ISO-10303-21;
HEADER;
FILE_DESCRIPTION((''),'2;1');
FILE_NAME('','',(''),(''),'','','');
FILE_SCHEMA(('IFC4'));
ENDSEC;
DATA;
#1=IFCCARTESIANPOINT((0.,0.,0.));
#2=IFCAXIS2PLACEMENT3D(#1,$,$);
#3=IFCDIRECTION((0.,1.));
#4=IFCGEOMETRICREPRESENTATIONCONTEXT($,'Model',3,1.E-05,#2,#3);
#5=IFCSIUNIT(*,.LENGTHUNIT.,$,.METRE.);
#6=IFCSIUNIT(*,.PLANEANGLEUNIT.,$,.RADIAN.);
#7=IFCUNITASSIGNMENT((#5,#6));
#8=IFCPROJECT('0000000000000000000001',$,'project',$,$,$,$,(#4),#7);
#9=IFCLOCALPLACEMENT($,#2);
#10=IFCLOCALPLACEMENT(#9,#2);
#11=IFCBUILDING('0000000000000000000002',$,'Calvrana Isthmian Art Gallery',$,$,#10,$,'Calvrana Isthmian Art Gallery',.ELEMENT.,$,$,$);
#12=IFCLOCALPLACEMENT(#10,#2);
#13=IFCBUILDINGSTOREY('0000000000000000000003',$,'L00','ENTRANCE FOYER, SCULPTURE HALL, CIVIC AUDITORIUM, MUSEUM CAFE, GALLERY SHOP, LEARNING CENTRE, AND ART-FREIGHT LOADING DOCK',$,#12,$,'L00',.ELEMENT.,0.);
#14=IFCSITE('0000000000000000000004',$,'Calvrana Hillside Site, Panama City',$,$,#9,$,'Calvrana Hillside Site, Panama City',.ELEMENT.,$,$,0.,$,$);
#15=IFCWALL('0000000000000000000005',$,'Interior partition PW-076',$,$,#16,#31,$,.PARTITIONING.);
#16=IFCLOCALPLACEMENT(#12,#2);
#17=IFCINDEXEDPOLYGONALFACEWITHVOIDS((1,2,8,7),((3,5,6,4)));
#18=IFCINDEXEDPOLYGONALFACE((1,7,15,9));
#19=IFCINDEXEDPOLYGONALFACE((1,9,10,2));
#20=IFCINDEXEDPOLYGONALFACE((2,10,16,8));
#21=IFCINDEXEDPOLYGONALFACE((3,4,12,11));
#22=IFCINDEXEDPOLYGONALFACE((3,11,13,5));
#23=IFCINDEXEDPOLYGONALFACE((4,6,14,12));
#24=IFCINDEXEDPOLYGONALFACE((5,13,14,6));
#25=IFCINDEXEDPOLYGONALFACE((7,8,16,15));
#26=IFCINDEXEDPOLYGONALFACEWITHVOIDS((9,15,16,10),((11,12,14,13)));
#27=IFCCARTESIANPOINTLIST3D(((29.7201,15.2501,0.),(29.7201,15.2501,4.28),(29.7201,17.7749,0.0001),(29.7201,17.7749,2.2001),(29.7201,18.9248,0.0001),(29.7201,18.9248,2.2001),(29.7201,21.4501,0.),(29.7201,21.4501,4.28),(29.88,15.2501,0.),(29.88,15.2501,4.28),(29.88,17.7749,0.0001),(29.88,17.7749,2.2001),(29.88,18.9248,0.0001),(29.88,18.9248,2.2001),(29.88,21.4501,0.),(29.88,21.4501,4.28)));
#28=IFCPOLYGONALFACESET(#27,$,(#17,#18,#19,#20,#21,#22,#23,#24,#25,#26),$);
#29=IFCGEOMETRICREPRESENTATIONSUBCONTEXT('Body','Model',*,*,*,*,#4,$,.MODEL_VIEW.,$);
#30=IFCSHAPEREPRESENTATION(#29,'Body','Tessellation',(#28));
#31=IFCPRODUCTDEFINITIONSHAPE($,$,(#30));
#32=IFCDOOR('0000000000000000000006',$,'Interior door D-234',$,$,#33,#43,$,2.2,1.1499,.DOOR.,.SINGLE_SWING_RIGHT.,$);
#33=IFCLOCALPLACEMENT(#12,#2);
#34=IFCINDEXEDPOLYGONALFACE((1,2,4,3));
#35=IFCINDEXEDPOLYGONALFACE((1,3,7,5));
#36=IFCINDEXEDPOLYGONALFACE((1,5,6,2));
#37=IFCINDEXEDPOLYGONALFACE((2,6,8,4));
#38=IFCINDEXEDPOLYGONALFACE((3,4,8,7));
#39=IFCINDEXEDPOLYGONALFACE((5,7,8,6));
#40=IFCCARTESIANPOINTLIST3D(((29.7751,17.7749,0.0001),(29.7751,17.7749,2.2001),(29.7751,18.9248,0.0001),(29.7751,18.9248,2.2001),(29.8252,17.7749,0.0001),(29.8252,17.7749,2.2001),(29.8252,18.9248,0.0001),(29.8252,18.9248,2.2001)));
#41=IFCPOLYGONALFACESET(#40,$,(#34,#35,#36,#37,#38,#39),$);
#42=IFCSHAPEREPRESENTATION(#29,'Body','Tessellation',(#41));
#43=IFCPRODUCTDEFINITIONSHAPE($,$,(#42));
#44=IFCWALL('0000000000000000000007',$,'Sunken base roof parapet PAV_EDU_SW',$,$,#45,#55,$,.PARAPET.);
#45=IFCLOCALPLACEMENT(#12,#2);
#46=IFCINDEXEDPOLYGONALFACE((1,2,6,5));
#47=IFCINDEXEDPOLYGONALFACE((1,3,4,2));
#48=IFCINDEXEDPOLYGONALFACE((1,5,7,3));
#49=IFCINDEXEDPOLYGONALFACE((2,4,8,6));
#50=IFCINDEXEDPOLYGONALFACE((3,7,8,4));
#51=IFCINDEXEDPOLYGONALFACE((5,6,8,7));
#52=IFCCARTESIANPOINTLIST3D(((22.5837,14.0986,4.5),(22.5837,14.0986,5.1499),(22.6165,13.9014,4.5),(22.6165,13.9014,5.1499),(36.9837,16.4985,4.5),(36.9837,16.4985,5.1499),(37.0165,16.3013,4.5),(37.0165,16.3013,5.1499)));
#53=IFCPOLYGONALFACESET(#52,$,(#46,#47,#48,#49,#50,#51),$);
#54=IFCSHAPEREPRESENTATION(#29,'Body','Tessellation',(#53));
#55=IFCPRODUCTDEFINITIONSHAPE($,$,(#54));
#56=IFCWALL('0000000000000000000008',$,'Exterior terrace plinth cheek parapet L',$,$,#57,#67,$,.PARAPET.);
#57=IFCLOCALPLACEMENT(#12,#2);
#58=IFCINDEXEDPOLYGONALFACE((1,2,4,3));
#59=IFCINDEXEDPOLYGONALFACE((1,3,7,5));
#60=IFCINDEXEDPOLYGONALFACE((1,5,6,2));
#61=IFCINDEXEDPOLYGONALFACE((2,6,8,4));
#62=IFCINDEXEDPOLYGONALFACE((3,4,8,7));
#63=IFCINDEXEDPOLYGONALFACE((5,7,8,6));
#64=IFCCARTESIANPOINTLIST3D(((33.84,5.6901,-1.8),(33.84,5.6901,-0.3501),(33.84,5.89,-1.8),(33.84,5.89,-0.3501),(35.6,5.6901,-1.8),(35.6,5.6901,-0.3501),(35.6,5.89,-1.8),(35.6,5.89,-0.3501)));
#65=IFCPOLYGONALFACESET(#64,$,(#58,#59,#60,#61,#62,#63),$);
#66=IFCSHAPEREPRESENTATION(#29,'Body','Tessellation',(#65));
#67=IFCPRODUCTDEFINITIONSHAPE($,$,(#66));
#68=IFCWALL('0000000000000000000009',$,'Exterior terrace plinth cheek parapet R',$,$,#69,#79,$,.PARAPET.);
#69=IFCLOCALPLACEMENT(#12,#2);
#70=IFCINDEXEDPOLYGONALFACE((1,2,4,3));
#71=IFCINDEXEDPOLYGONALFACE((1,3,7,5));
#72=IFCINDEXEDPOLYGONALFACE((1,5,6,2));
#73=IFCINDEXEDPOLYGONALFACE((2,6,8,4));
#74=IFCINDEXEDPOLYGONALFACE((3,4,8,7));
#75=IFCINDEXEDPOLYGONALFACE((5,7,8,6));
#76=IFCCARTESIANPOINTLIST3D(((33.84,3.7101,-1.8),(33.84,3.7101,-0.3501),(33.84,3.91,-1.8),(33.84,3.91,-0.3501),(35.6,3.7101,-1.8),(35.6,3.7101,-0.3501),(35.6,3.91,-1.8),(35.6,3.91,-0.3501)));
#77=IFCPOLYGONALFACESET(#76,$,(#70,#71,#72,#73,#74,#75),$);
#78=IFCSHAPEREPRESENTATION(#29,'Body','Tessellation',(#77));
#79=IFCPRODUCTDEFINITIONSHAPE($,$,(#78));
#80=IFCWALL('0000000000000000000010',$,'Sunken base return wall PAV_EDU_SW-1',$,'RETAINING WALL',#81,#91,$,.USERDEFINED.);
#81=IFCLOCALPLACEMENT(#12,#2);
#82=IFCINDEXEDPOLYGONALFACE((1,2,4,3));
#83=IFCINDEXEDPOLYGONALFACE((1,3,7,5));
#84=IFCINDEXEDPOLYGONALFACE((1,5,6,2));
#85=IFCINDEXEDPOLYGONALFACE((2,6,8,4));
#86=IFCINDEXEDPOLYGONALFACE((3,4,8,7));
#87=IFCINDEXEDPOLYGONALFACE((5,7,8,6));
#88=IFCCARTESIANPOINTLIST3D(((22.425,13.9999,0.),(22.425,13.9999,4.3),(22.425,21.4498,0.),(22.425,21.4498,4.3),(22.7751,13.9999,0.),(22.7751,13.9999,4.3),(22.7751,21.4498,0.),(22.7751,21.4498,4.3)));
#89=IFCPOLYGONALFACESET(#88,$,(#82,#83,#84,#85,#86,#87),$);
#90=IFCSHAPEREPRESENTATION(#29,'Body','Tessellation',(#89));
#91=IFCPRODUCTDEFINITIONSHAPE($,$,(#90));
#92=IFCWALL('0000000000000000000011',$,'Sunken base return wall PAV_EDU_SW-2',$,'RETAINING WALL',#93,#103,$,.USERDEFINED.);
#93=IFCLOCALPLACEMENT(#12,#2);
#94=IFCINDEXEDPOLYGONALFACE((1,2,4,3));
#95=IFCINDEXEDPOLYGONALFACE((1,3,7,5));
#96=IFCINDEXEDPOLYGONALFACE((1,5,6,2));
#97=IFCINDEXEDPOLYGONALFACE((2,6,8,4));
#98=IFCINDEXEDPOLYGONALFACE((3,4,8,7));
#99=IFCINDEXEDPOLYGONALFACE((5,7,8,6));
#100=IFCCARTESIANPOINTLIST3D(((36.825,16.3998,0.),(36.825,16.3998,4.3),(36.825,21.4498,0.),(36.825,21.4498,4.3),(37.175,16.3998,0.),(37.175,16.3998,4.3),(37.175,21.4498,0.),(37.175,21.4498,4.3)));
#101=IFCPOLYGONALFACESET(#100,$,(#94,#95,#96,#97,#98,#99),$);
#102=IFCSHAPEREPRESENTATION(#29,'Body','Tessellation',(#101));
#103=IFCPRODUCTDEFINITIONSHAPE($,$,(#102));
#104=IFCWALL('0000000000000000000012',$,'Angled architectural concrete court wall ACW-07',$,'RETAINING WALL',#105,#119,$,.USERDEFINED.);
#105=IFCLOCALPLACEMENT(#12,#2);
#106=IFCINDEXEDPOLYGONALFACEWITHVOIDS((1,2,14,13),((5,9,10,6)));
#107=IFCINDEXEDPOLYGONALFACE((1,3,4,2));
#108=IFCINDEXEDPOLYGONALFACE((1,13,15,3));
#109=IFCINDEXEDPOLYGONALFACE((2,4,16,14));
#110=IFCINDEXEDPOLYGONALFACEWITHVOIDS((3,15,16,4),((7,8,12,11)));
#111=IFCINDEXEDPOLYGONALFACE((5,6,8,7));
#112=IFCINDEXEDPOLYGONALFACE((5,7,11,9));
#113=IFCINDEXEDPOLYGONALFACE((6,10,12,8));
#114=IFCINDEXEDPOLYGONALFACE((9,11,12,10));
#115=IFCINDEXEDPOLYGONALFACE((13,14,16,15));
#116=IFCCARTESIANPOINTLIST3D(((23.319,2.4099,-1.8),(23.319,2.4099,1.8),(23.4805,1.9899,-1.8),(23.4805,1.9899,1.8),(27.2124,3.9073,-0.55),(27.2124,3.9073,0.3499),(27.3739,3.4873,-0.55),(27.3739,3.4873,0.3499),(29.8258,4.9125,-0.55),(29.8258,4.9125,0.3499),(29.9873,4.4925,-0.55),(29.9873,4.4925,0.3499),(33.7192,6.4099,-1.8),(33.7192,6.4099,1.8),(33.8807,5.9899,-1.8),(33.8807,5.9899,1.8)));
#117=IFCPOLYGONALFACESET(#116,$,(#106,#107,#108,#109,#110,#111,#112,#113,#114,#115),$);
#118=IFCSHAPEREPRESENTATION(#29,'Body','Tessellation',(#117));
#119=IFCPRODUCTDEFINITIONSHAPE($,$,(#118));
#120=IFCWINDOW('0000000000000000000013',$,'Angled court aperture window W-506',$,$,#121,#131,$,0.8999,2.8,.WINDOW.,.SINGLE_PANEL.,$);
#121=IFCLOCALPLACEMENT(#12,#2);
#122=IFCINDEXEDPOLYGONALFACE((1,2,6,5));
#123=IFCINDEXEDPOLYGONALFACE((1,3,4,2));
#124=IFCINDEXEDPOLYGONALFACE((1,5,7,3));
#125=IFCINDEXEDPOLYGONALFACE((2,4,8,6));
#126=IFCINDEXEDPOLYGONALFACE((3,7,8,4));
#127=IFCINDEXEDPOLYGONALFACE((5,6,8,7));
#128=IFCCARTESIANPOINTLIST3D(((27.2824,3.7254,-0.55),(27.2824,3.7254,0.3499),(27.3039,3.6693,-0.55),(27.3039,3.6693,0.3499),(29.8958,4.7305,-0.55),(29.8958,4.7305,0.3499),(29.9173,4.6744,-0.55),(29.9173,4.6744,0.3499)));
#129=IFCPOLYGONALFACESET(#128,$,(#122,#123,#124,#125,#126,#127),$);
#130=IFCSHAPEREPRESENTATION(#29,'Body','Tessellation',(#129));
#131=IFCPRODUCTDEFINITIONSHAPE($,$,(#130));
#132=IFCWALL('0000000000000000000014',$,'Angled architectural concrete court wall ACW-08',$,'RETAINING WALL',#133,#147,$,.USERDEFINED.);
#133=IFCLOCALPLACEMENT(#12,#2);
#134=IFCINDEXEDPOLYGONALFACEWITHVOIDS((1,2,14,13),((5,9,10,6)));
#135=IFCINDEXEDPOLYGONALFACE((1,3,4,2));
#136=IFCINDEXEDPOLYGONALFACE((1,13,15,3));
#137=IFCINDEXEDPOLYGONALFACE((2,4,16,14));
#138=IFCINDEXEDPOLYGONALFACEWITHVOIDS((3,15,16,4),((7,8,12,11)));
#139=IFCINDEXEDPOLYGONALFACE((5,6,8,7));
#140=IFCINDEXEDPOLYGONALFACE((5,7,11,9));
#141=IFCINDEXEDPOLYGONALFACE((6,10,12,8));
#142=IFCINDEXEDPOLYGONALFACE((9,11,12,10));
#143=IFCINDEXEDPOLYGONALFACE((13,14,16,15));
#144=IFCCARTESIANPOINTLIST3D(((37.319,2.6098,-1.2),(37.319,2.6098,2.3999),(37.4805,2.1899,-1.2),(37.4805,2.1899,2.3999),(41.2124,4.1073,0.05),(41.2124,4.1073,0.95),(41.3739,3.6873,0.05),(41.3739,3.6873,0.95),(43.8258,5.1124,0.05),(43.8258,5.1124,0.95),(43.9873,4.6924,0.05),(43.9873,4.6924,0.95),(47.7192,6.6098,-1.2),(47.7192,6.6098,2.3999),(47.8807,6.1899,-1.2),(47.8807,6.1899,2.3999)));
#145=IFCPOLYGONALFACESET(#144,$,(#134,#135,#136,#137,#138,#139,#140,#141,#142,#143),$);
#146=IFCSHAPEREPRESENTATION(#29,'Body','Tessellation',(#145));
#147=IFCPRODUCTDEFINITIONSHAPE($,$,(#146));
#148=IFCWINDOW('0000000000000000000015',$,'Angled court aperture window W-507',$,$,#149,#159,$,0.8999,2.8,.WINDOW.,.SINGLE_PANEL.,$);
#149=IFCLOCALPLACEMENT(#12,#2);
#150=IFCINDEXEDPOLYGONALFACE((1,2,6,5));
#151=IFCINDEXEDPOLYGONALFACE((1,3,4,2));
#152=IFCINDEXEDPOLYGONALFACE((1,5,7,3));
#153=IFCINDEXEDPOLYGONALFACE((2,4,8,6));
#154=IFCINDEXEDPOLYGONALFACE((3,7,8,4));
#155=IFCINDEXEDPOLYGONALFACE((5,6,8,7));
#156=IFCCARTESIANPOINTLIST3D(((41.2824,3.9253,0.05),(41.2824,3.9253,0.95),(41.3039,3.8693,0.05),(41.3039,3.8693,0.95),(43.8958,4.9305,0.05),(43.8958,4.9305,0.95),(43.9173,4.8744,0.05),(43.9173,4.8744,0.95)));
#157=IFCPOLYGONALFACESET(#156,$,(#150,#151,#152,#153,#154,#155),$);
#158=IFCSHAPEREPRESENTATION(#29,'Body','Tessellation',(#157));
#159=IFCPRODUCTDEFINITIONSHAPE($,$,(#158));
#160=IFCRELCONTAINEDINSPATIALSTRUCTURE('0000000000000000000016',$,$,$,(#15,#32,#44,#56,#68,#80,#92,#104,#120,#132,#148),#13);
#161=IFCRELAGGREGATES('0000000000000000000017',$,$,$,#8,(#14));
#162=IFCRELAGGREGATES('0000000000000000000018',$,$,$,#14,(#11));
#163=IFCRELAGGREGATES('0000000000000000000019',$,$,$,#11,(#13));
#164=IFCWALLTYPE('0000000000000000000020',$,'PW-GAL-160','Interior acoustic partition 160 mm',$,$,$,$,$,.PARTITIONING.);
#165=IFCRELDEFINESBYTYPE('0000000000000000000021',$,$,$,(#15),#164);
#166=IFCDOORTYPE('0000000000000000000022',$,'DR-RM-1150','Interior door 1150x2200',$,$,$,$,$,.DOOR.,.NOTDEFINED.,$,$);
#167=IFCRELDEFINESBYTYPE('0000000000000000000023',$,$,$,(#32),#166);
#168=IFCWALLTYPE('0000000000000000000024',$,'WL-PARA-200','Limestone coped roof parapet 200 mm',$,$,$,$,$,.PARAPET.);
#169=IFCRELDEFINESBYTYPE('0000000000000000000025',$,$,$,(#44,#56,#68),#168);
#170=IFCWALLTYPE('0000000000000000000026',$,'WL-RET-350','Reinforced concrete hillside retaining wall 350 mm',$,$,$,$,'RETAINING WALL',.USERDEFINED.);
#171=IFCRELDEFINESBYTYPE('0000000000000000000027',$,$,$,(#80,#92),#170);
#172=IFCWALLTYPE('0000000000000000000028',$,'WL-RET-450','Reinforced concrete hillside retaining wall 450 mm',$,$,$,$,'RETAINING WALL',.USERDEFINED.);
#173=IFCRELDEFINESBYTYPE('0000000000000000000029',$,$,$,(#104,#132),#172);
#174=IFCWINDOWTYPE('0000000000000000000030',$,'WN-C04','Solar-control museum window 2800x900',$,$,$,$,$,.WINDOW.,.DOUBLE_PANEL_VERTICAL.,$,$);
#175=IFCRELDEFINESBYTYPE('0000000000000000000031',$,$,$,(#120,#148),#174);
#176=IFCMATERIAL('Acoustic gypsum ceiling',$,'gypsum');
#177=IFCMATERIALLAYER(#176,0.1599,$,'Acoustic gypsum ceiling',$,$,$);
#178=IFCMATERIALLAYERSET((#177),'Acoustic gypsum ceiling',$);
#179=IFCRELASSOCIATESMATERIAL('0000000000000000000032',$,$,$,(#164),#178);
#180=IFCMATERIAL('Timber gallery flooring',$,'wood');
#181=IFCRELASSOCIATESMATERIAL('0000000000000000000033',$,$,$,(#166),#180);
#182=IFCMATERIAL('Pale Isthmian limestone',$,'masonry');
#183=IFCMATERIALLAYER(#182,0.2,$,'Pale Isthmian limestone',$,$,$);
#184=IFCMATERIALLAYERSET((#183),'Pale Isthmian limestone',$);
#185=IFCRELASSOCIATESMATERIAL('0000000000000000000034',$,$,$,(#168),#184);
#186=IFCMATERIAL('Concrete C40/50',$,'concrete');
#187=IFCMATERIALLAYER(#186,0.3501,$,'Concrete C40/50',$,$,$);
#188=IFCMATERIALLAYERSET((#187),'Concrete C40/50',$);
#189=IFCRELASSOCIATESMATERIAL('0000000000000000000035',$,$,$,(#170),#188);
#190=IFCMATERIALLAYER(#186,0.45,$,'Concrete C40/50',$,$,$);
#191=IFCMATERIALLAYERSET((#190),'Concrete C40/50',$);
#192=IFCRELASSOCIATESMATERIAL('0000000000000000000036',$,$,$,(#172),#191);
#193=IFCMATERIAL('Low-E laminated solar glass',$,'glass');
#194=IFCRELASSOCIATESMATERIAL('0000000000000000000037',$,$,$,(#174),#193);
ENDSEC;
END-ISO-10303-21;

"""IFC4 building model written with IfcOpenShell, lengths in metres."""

from ifc_helpers import new_model, si_unit, direction, frame, frame_2d, origin, place, context, subcontext, project, spatial, rectangle, extrude, material, layer, layer_set, type_object, element, fill, save


model = new_model("IFC4")

# Units and contexts
model_context = context("Model", 3, precision=1e-05, world=origin(), true_north=direction((0.0, 1.0)))
body_context = subcontext(model_context, "Body", "Model", "MODEL_VIEW")
ifc_project = project(units=[si_unit("LENGTHUNIT", "METRE"), si_unit("PLANEANGLEUNIT", "RADIAN")], contexts=[model_context])

# Site, building, storey
site_placement = place(None, origin())
site = spatial("IfcSite", under=ifc_project, at=site_placement, Name="Calvrana Hillside Site, Panama City", LongName="Calvrana Hillside Site, Panama City", CompositionType="ELEMENT", RefElevation=0.0)
building_placement = place(site_placement, origin())
building = spatial("IfcBuilding", under=site, at=building_placement, Name="Calvrana Isthmian Art Gallery", LongName="Calvrana Isthmian Art Gallery", CompositionType="ELEMENT")
storey_placement = place(building_placement, origin())
storey = spatial("IfcBuildingStorey", under=building, at=storey_placement, Name="L00", Description="ENTRANCE FOYER, SCULPTURE HALL, CIVIC AUDITORIUM, MUSEUM CAFE, GALLERY SHOP, LEARNING CENTRE, AND ART-FREIGHT LOADING DOCK", LongName="L00", CompositionType="ELEMENT", Elevation=0.0)

# Wall, opening, door
ifc_material_1 = material(Name="Acoustic gypsum ceiling", Category="gypsum")
ifc_layer_1 = layer(ifc_material_1, 0.1599, Name="Acoustic gypsum ceiling")
ifc_layer_set_1 = layer_set([ifc_layer_1], Name="Acoustic gypsum ceiling")
wall_type_1 = type_object("IfcWallType", Name="PW-GAL-160", Description="Interior acoustic partition 160 mm", PredefinedType="PARTITIONING", material=ifc_layer_set_1)
wall_1_placement = place(storey_placement, frame((29.8, 15.25, 0.0), z_axis=(0.0, 0.0, 1.0), x_axis=(0.0, 1.0, 0.0)))
wall_1 = element("IfcWall", 1, at=wall_1_placement, inside=storey, type_object=wall_type_1, Name="Interior partition PW-076", PredefinedType="PARTITIONING", context=body_context, shape_type="SweptSolid", body=[
    extrude(rectangle(XDim=6.2, YDim=0.1599, at=frame_2d((3.1001, 0.0))), origin(), (0.0, 0.0, 1.0), 4.28),
])
opening_1_placement = place(wall_1_placement, frame((2.5249, 0.0, 0.0)))
opening_1 = element("IfcOpeningElement", 2, at=opening_1_placement, cuts=wall_1, PredefinedType="OPENING", context=body_context, shape_type="SweptSolid", body=[
    extrude(rectangle(XDim=1.1499, YDim=2.2, at=frame_2d((0.575, 1.1001))), frame((0.0, 0.0903, 0.0), z_axis=(0.0, -1.0, 0.0), x_axis=(1.0, 0.0, 0.0)), (0.0, 0.0, 1.0), 0.1804),
])
ifc_material_2 = material(Name="Timber gallery flooring", Category="wood")
door_type_1 = type_object("IfcDoorType", Name="DR-RM-1150", Description="Interior door 1150x2200", OperationType="NOTDEFINED", PredefinedType="DOOR", material=ifc_material_2)
door_1_placement = place(opening_1_placement, origin())
door_1 = element("IfcDoor", 3, at=door_1_placement, inside=storey, type_object=door_type_1, Name="Interior door D-234", OperationType="SINGLE_SWING_RIGHT", OverallHeight=2.2, OverallWidth=1.1499, PredefinedType="DOOR", context=body_context, shape_type="SweptSolid", body=[
    extrude(rectangle(XDim=1.1499, YDim=2.2, at=frame_2d((0.575, 1.1001))), frame((0.0, 0.0249, 0.0), z_axis=(0.0, -1.0, 0.0), x_axis=(1.0, 0.0, 0.0)), (0.0, 0.0, 1.0), 0.05),
])
fill(opening_1, door_1)

# Walls
ifc_material_3 = material(Name="Pale Isthmian limestone", Category="masonry")
ifc_layer_2 = layer(ifc_material_3, 0.2, Name="Pale Isthmian limestone")
ifc_layer_set_2 = layer_set([ifc_layer_2], Name="Pale Isthmian limestone")
wall_type_2 = type_object("IfcWallType", Name="WL-PARA-200", Description="Limestone coped roof parapet 200 mm", PredefinedType="PARAPET", material=ifc_layer_set_2)
wall_2_placement = place(storey_placement, frame((22.6001, 14.0, 4.5), z_axis=(0.0, 0.0, 1.0), x_axis=(0.986395, 0.164394, 0.0)))
element("IfcWall", 4, at=wall_2_placement, inside=storey, type_object=wall_type_2, Name="Sunken base roof parapet PAV_EDU_SW", PredefinedType="PARAPET", context=body_context, shape_type="SweptSolid", body=[
    extrude(rectangle(XDim=14.5986, YDim=0.2, at=frame_2d((7.2993, 0.0))), origin(), (0.0, 0.0, 1.0), 0.6499),
])
for number, where, z_axis, x_axis, name in (
    (5, (33.8401, 5.79, -1.8), (0.0, 0.0, 1.0), (1.0, 0.0, 0.0), "Exterior terrace plinth cheek parapet L"),
    (6, (33.8401, 3.8101, -1.8), (0.0, 0.0, 1.0), (1.0, 0.0, 0.0), "Exterior terrace plinth cheek parapet R"),
):
    element("IfcWall", number, at=place(storey_placement, frame(where, z_axis=z_axis, x_axis=x_axis)), inside=storey, type_object=wall_type_2, Name=name, PredefinedType="PARAPET", context=body_context, shape_type="SweptSolid", body=[
        extrude(rectangle(XDim=1.76, YDim=0.2, at=frame_2d((0.8799, 0.0))), origin(), (0.0, 0.0, 1.0), 1.45),
    ])
ifc_material_4 = material(Name="Concrete C40/50", Category="concrete")
ifc_layer_3 = layer(ifc_material_4, 0.3501, Name="Concrete C40/50")
ifc_layer_set_3 = layer_set([ifc_layer_3], Name="Concrete C40/50")
wall_type_3 = type_object("IfcWallType", Name="WL-RET-350", Description="Reinforced concrete hillside retaining wall 350 mm", ElementType="RETAINING WALL", PredefinedType="USERDEFINED", material=ifc_layer_set_3)
wall_3_placement = place(storey_placement, frame((22.6001, 21.45, 0.0), z_axis=(0.0, 0.0, 1.0), x_axis=(0.0, -1.0, 0.0)))
element("IfcWall", 7, at=wall_3_placement, inside=storey, type_object=wall_type_3, Name="Sunken base return wall PAV_EDU_SW-1", ObjectType="RETAINING WALL", PredefinedType="USERDEFINED", context=body_context, shape_type="SweptSolid", body=[
    extrude(rectangle(XDim=7.45, YDim=0.3501, at=frame_2d((3.7251, 0.0))), origin(), (0.0, 0.0, 1.0), 4.3),
])
wall_4_placement = place(storey_placement, frame((37.0, 16.3999, 0.0), z_axis=(0.0, 0.0, 1.0), x_axis=(0.0, 1.0, 0.0)))
element("IfcWall", 8, at=wall_4_placement, inside=storey, type_object=wall_type_3, Name="Sunken base return wall PAV_EDU_SW-2", ObjectType="RETAINING WALL", PredefinedType="USERDEFINED", context=body_context, shape_type="SweptSolid", body=[
    extrude(rectangle(XDim=5.05, YDim=0.3501, at=frame_2d((2.5249, 0.0))), origin(), (0.0, 0.0, 1.0), 4.3),
])

# Shared definitions
ifc_layer_4 = layer(ifc_material_4, 0.45, Name="Concrete C40/50")
ifc_layer_set_4 = layer_set([ifc_layer_4], Name="Concrete C40/50")
wall_type_4 = type_object("IfcWallType", Name="WL-RET-450", Description="Reinforced concrete hillside retaining wall 450 mm", ElementType="RETAINING WALL", PredefinedType="USERDEFINED", material=ifc_layer_set_4)
ifc_material_5 = material(Name="Low-E laminated solar glass", Category="glass")

# Walls, openings, windows
wall_5_placement = place(storey_placement, frame((23.3999, 2.2, -1.8), z_axis=(0.0, 0.0, 1.0), x_axis=(0.933347, 0.358975, 0.0)))
wall_5 = element("IfcWall", 9, at=wall_5_placement, inside=storey, type_object=wall_type_4, Name="Angled architectural concrete court wall ACW-07", ObjectType="RETAINING WALL", PredefinedType="USERDEFINED", context=body_context, shape_type="SweptSolid", body=[
    extrude(rectangle(XDim=11.1428, YDim=0.45, at=frame_2d((5.5713, 0.0))), origin(), (0.0, 0.0, 1.0), 3.6001),
])
opening_2_placement = place(wall_5_placement, frame((4.1714, 0.0, 1.25)))
opening_2 = element("IfcOpeningElement", 10, at=opening_2_placement, cuts=wall_5, PredefinedType="OPENING", context=body_context, shape_type="SweptSolid", body=[
    extrude(rectangle(XDim=2.8, YDim=0.8999, at=frame_2d((1.3999, 0.45))), frame((0.0, 0.2354, 0.0), z_axis=(0.0, -1.0, 0.0), x_axis=(1.0, 0.0, 0.0)), (0.0, 0.0, 1.0), 0.4705),
])
window_type_1 = type_object("IfcWindowType", Name="WN-C04", Description="Solar-control museum window 2800x900", PartitioningType="DOUBLE_PANEL_VERTICAL", PredefinedType="WINDOW", material=ifc_material_5)
window_1_placement = place(opening_2_placement, origin())
window_1 = element("IfcWindow", 11, at=window_1_placement, inside=storey, type_object=window_type_1, Name="Angled court aperture window W-506", OverallHeight=0.8999, OverallWidth=2.8, PartitioningType="SINGLE_PANEL", PredefinedType="WINDOW", context=body_context, shape_type="SweptSolid", body=[
    extrude(rectangle(XDim=2.8, YDim=0.8999, at=frame_2d((1.3999, 0.45))), frame((0.0, 0.03, 0.0), z_axis=(0.0, -1.0, 0.0), x_axis=(1.0, 0.0, 0.0)), (0.0, 0.0, 1.0), 0.0601),
])
fill(opening_2, window_1)
wall_6_placement = place(storey_placement, frame((37.3999, 2.3999, -1.2), z_axis=(0.0, 0.0, 1.0), x_axis=(0.933347, 0.358975, 0.0)))
wall_6 = element("IfcWall", 12, at=wall_6_placement, inside=storey, type_object=wall_type_4, Name="Angled architectural concrete court wall ACW-08", ObjectType="RETAINING WALL", PredefinedType="USERDEFINED", context=body_context, shape_type="SweptSolid", body=[
    extrude(rectangle(XDim=11.1428, YDim=0.45, at=frame_2d((5.5713, 0.0))), origin(), (0.0, 0.0, 1.0), 3.5999),
])
opening_3_placement = place(wall_6_placement, frame((4.1714, 0.0, 1.25)))
opening_3 = element("IfcOpeningElement", 13, at=opening_3_placement, cuts=wall_6, PredefinedType="OPENING", context=body_context, shape_type="SweptSolid", body=[
    extrude(rectangle(XDim=2.8, YDim=0.8999, at=frame_2d((1.3999, 0.45))), frame((0.0, 0.2354, 0.0), z_axis=(0.0, -1.0, 0.0), x_axis=(1.0, 0.0, 0.0)), (0.0, 0.0, 1.0), 0.4705),
])
window_2_placement = place(opening_3_placement, origin())
window_2 = element("IfcWindow", 14, at=window_2_placement, inside=storey, type_object=window_type_1, Name="Angled court aperture window W-507", OverallHeight=0.8999, OverallWidth=2.8, PartitioningType="SINGLE_PANEL", PredefinedType="WINDOW", context=body_context, shape_type="SweptSolid", body=[
    extrude(rectangle(XDim=2.8, YDim=0.8999, at=frame_2d((1.3999, 0.45))), frame((0.0, 0.03, 0.0), z_axis=(0.0, -1.0, 0.0), x_axis=(1.0, 0.0, 0.0)), (0.0, 0.0, 1.0), 0.0601),
])
fill(opening_3, window_2)

save(model, "model.ifc")
